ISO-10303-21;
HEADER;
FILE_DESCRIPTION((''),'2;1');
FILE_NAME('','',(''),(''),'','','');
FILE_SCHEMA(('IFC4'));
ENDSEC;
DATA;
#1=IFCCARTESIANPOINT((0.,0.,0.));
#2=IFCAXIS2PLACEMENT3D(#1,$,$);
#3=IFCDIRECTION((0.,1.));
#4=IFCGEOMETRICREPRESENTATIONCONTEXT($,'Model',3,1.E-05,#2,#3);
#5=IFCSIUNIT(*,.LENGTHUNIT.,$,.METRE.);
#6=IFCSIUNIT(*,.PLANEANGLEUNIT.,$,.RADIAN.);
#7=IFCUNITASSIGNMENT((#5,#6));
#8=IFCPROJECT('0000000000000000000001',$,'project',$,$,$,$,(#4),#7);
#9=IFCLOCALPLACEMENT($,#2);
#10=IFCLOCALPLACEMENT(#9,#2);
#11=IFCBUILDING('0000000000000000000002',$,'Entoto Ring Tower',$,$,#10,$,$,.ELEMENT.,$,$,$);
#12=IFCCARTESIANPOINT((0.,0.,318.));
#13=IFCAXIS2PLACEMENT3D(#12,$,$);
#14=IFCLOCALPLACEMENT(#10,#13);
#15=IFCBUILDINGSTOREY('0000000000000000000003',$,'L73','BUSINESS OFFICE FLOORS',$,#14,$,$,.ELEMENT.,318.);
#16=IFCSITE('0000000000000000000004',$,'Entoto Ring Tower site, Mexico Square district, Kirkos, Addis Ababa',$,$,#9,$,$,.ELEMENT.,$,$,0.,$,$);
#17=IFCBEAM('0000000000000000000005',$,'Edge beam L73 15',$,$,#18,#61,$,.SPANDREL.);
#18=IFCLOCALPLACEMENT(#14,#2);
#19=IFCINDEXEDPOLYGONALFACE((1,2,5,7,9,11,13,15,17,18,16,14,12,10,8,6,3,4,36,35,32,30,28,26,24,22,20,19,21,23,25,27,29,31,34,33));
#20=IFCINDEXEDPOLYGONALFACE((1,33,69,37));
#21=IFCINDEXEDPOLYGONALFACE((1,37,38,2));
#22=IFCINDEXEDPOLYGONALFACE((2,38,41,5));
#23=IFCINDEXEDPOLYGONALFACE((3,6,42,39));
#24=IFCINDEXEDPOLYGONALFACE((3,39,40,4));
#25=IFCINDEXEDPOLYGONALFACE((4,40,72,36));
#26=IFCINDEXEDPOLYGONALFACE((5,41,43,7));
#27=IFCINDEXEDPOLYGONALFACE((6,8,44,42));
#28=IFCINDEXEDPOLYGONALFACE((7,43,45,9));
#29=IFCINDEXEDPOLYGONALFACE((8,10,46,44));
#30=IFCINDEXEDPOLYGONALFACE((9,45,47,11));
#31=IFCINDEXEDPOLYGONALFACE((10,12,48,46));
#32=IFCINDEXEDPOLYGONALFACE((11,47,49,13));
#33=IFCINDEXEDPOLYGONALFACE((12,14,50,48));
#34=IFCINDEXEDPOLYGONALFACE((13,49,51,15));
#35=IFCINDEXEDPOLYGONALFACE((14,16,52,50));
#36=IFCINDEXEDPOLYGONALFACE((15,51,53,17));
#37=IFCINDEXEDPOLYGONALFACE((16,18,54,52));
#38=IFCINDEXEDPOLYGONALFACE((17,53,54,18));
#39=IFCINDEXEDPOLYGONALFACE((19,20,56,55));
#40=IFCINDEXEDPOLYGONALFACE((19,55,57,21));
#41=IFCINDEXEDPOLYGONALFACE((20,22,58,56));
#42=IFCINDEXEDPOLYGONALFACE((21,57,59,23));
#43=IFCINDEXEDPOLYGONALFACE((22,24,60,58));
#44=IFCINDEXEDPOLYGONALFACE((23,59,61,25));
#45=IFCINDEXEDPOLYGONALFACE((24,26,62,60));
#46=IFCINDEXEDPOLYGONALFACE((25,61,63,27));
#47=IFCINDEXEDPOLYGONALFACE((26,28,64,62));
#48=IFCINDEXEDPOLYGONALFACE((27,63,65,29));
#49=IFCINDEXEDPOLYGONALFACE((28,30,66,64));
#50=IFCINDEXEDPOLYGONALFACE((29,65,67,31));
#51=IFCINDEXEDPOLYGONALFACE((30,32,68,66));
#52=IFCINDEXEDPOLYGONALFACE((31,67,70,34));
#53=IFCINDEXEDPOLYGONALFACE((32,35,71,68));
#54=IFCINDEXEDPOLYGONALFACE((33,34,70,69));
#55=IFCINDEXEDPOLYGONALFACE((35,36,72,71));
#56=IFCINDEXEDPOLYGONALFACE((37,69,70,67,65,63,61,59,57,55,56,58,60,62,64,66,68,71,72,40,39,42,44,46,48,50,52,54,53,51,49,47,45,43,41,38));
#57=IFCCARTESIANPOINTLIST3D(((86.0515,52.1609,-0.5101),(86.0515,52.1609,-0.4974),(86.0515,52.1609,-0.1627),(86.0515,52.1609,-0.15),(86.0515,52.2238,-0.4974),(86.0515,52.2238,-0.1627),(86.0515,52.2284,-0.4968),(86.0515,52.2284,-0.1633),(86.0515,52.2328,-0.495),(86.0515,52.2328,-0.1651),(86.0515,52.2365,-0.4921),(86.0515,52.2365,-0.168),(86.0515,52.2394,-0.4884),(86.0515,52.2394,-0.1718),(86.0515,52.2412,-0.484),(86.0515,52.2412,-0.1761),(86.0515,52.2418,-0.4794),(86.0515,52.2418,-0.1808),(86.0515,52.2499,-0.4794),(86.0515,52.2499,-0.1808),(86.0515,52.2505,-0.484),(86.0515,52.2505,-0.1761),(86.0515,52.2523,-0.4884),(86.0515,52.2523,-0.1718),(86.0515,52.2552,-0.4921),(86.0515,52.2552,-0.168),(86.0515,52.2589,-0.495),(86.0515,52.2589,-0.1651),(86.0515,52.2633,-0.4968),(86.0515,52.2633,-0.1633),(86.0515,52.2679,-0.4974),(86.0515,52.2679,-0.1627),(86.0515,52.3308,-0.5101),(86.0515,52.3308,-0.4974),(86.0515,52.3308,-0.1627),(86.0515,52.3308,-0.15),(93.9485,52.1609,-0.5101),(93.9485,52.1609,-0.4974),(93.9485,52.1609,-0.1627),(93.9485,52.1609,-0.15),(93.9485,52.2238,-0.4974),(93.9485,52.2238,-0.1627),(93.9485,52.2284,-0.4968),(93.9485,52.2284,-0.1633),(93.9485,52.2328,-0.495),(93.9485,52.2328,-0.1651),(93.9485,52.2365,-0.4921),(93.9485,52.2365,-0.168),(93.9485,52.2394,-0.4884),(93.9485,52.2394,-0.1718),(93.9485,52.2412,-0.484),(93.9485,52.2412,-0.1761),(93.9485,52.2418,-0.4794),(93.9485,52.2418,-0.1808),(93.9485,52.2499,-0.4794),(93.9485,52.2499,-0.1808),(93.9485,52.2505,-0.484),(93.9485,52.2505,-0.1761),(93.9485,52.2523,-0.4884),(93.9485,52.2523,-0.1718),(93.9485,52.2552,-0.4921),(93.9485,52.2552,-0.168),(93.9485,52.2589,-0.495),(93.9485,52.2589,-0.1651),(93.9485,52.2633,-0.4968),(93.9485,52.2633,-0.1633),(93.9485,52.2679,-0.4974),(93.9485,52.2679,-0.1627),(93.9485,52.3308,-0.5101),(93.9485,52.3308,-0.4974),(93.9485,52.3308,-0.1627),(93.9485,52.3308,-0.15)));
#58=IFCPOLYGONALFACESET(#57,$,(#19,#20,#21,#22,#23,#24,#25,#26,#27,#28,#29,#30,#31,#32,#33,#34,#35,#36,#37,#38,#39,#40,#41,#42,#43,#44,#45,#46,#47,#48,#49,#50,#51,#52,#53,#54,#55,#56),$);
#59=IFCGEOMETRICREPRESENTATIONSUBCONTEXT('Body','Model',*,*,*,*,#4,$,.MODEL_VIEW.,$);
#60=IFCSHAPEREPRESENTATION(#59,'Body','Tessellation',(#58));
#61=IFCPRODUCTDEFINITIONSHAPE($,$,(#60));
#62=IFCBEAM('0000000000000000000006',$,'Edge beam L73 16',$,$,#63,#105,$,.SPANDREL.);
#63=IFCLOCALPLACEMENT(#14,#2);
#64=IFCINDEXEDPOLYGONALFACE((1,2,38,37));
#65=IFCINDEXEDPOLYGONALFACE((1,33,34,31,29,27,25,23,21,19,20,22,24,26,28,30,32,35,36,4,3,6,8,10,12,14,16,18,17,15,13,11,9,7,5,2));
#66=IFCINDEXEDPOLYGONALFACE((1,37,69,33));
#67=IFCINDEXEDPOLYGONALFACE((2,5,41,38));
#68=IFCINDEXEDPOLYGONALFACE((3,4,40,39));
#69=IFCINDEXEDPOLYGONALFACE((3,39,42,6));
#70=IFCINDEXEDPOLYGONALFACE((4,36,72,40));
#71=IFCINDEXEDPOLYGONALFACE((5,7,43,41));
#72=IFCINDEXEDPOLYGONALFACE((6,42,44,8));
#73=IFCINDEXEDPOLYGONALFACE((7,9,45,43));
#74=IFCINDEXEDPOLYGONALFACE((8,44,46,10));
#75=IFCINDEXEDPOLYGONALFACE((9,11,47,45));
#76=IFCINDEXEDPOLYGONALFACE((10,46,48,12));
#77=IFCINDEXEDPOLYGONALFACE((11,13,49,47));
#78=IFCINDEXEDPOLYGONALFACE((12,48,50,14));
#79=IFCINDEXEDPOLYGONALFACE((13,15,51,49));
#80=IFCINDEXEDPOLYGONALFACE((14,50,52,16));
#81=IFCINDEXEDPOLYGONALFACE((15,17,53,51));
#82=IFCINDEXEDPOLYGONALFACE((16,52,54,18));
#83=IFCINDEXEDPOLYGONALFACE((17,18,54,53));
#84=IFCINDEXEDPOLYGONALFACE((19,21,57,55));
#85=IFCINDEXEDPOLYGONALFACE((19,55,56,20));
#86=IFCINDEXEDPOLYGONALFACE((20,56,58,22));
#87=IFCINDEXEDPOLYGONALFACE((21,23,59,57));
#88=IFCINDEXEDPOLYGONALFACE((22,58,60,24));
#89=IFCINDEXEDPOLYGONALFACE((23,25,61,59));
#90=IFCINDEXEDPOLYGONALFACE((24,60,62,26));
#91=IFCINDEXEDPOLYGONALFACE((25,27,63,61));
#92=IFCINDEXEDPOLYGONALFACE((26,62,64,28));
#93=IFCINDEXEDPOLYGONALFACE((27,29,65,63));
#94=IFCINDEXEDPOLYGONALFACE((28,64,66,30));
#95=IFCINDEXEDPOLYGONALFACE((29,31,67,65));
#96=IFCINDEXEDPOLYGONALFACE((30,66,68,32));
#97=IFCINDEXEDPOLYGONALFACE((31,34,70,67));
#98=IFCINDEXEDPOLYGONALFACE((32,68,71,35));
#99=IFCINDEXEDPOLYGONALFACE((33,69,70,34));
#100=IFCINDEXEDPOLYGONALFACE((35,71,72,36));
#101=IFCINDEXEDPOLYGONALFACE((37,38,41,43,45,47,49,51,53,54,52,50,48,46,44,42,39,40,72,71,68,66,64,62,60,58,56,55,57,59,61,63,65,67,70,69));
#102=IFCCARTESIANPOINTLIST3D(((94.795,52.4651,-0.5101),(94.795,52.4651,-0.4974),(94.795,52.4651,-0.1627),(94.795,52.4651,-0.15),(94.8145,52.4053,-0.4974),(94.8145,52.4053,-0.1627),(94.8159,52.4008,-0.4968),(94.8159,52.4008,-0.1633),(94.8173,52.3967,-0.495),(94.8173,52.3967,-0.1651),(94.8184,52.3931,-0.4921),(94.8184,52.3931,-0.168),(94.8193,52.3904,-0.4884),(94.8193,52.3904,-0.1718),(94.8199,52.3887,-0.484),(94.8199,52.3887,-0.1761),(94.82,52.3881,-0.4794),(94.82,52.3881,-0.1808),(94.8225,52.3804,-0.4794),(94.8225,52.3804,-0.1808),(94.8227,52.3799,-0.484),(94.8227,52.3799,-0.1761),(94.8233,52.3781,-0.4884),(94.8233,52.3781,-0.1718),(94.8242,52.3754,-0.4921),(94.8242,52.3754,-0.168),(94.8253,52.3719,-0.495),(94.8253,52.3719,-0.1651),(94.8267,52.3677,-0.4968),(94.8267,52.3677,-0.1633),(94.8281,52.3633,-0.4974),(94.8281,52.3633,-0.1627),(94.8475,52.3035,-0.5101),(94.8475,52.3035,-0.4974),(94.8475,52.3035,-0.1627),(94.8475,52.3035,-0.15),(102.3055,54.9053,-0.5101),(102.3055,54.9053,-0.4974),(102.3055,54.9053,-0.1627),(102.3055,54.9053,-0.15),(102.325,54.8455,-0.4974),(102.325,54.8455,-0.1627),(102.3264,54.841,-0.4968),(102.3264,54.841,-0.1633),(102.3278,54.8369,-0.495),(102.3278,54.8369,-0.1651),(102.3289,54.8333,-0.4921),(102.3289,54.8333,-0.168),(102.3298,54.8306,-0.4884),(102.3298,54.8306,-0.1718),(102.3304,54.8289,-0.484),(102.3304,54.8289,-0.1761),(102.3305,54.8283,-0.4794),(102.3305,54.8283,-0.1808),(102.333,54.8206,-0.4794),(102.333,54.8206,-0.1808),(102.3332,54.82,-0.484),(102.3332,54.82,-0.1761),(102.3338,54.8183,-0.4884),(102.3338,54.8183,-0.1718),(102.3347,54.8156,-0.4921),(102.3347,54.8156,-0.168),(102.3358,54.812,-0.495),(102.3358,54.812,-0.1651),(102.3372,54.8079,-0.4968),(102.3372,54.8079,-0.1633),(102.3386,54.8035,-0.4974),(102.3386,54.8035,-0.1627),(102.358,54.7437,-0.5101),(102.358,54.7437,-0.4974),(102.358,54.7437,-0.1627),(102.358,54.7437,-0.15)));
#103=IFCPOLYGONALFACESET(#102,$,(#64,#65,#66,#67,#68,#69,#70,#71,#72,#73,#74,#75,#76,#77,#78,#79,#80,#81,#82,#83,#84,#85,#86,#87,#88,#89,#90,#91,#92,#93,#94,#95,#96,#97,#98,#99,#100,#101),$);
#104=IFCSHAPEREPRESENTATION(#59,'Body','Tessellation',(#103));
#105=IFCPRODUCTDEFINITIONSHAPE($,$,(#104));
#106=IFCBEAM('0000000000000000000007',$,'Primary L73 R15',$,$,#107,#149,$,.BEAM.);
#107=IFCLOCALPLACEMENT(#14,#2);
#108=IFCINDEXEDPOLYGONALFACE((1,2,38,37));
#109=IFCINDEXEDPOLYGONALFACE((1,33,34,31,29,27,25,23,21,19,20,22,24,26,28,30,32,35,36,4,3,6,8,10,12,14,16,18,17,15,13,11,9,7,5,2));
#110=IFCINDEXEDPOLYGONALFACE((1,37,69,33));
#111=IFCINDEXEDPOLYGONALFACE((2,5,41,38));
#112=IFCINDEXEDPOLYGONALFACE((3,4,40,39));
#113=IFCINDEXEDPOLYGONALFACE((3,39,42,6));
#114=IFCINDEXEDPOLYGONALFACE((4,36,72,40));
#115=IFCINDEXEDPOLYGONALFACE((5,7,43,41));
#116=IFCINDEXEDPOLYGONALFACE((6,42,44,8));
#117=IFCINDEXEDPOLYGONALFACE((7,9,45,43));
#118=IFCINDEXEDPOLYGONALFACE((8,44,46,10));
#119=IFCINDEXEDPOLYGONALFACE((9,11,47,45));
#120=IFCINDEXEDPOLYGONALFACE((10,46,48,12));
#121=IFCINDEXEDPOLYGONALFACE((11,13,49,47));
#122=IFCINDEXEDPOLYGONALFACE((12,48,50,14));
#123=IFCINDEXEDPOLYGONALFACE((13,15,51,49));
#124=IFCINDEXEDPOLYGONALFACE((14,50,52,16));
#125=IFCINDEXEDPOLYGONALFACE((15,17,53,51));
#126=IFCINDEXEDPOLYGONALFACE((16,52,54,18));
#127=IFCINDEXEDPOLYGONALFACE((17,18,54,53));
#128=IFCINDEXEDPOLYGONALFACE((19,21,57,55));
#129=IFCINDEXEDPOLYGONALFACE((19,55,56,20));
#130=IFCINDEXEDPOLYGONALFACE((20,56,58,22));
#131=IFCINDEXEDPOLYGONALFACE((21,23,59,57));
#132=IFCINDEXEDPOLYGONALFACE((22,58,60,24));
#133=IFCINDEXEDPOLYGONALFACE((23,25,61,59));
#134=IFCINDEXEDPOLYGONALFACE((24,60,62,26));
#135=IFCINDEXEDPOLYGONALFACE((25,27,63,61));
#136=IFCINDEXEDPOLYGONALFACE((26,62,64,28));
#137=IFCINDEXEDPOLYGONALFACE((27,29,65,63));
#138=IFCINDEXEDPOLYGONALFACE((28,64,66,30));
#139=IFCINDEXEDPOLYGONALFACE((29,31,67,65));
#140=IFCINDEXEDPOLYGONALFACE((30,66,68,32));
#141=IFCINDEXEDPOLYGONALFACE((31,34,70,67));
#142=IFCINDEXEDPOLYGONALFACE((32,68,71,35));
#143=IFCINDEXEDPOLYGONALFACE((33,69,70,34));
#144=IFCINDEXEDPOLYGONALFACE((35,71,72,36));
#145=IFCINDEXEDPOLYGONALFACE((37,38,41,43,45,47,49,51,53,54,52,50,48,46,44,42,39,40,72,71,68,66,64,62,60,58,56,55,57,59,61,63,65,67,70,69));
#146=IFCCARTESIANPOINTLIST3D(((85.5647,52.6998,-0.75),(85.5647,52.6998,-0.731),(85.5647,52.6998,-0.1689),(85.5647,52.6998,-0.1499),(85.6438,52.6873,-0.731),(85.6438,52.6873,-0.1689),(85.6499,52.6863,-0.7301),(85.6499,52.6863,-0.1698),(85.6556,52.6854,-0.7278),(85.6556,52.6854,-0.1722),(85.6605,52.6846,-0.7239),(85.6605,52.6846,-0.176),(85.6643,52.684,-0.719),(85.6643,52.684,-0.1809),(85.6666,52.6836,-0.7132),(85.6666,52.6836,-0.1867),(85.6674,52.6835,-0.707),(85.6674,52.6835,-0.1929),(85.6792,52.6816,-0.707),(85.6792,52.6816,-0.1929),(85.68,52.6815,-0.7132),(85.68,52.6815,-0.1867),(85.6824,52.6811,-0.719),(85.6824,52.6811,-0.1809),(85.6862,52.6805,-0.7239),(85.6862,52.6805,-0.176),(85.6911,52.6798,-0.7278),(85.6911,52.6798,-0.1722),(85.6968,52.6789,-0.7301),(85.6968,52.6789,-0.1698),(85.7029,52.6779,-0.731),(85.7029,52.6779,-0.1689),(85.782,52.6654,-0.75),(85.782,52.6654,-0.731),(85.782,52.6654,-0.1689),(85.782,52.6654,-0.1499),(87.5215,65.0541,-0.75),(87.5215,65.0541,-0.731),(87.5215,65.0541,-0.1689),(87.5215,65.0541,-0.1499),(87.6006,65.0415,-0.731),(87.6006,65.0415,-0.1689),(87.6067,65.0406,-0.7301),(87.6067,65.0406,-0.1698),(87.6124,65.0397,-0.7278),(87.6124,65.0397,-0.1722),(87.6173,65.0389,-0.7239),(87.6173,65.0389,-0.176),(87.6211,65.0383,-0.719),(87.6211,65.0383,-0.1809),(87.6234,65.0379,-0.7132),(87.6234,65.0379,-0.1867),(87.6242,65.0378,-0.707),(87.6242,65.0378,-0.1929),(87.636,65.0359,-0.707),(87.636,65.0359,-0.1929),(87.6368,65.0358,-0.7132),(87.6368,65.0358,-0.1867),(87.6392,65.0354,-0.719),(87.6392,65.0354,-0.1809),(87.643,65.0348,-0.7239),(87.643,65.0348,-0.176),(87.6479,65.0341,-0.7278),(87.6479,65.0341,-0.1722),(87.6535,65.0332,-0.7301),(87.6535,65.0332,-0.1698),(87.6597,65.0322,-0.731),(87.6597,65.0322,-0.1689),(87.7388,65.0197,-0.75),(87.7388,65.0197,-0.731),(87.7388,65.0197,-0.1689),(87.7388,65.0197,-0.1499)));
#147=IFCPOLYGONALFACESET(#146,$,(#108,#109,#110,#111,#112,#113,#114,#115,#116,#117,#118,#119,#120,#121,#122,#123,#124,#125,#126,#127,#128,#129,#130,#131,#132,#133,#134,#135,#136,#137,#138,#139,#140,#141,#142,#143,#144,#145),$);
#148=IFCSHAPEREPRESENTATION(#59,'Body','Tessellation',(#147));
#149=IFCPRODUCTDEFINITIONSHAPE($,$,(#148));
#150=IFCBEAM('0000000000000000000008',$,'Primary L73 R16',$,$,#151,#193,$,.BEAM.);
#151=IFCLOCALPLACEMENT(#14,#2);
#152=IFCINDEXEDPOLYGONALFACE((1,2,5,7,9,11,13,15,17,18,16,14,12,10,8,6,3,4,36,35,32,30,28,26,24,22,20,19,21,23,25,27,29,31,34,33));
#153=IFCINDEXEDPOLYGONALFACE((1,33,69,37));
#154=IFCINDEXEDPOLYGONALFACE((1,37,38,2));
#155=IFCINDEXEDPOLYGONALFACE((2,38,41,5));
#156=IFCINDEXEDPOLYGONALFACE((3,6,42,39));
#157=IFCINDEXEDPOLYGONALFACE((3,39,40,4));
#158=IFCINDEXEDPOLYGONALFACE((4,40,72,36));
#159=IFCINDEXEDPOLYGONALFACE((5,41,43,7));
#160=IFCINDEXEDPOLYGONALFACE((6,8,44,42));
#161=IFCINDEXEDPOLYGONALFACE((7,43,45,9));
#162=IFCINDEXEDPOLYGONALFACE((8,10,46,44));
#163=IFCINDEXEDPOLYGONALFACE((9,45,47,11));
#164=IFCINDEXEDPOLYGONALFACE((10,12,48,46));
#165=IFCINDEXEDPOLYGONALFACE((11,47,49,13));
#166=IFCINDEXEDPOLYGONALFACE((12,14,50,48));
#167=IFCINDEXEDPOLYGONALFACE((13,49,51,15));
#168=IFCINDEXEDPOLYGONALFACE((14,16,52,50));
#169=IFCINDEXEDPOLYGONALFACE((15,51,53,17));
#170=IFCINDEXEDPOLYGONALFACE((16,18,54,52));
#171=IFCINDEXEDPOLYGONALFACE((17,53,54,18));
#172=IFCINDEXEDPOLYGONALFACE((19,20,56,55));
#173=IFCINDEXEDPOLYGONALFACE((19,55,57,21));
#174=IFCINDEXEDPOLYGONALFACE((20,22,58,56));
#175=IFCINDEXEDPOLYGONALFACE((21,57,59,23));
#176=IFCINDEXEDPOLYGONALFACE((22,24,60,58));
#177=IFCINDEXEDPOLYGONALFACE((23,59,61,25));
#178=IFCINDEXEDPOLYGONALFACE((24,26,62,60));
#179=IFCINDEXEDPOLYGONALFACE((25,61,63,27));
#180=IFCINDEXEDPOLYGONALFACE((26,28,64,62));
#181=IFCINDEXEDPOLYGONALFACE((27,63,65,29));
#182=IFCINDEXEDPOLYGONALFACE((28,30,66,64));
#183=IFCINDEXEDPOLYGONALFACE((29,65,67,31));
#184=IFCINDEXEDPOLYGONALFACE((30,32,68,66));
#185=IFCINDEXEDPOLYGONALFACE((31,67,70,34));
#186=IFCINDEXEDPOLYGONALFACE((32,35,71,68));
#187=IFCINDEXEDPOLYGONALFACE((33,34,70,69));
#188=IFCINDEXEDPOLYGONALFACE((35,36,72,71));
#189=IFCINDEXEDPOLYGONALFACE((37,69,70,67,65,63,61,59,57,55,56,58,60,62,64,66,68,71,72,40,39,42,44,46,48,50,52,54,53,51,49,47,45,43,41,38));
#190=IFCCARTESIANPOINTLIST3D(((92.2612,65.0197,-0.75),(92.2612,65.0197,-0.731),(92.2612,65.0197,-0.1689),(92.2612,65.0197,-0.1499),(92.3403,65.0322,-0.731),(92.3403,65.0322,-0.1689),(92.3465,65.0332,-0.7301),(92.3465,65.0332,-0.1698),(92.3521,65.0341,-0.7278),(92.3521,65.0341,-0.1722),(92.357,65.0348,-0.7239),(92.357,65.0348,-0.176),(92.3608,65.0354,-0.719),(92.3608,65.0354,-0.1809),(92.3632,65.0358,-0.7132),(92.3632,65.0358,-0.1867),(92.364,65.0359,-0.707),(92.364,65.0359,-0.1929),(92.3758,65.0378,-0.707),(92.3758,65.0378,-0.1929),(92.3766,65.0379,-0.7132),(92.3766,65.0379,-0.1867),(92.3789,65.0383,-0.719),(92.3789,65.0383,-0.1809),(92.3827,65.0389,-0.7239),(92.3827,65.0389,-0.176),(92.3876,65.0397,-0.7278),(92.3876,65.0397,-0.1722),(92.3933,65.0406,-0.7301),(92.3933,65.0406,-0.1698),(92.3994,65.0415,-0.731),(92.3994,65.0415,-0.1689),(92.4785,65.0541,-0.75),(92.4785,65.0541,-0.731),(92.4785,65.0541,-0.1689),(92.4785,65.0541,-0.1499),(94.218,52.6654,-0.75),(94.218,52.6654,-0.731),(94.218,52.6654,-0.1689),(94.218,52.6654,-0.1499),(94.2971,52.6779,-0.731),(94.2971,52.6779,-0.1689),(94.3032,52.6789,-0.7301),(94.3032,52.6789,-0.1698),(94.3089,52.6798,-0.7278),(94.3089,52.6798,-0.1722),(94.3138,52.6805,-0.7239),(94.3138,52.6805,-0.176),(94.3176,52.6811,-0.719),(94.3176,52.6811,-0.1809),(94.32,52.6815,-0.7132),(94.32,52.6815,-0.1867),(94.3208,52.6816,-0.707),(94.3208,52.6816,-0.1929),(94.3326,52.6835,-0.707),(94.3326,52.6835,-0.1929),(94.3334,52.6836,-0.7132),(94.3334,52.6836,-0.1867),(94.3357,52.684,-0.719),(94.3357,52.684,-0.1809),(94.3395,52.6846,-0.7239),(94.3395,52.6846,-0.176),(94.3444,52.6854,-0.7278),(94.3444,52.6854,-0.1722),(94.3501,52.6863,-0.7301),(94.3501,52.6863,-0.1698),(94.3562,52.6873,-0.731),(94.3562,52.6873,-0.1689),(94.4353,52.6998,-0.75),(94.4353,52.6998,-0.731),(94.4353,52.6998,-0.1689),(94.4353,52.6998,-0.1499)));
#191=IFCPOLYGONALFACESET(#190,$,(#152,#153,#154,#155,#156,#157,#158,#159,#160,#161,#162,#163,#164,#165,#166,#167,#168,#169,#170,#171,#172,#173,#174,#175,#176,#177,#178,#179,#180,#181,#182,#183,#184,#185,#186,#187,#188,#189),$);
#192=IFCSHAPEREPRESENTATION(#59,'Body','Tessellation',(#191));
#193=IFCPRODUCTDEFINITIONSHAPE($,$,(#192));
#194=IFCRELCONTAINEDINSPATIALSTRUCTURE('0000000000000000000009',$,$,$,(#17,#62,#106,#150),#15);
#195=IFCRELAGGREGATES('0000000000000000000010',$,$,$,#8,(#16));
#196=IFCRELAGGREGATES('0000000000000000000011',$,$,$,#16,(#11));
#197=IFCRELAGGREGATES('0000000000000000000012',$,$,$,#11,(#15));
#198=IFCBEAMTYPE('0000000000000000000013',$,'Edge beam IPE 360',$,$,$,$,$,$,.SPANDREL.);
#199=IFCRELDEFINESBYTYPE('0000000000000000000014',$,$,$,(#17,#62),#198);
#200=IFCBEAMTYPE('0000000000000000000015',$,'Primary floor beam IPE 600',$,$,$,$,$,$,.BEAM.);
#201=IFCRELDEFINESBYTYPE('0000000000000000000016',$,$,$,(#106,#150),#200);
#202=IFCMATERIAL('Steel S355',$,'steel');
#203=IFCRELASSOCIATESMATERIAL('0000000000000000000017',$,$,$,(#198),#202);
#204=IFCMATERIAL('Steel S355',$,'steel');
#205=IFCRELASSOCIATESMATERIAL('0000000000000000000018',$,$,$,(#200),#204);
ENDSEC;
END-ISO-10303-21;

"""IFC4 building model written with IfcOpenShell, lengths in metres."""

from ifc_helpers import new_model, si_unit, direction, frame, origin, origin_2d, place, context, subcontext, project, spatial, i_section, extrude, material, material_profile, profile_set, type_object, element, save


model = new_model("IFC4")

# Units and contexts
model_context = context("Model", 3, precision=1e-05, world=origin(), true_north=direction((0.0, 1.0)))
body_context = subcontext(model_context, "Body", "Model", "MODEL_VIEW")
ifc_project = project(units=[si_unit("LENGTHUNIT", "METRE"), si_unit("PLANEANGLEUNIT", "RADIAN")], contexts=[model_context])

# Site, building, storey
site_placement = place(None, origin())
site = spatial("IfcSite", under=ifc_project, at=site_placement, Name="Entoto Ring Tower site, Mexico Square district, Kirkos, Addis Ababa", CompositionType="ELEMENT", RefElevation=0.0)
building_placement = place(site_placement, origin())
building = spatial("IfcBuilding", under=site, at=building_placement, Name="Entoto Ring Tower", CompositionType="ELEMENT")
storey_placement = place(building_placement, frame((0.0, 0.0, 318.0)))
storey = spatial("IfcBuildingStorey", under=building, at=storey_placement, Name="L73", Description="BUSINESS OFFICE FLOORS", CompositionType="ELEMENT", Elevation=318.0)

# Beams
ifc_material_1 = material(Name="Steel S355", Category="steel")
ifc_material_profile_1 = material_profile(ifc_material_1, i_section(OverallWidth=0.1699, OverallDepth=0.3601, WebThickness=0.0081, FlangeThickness=0.0127, FilletRadius=0.0181, at=origin_2d()), Name="IPE 360")
ifc_profile_set_1 = profile_set([ifc_material_profile_1], Name="Steel S355")
beam_type_1 = type_object("IfcBeamType", Name="Edge beam IPE 360", PredefinedType="SPANDREL", material=ifc_profile_set_1)
for number, where, z_axis, x_axis, name in (
    (1, (86.0515, 52.2458, -0.3301), (1.0, 0.0, 0.0), (0.0, 1.0, 0.0), "Edge beam L73 15"),
    (2, (94.8213, 52.3843, -0.3301), (0.951061, 0.309003, 0.0), (-0.309003, 0.951061, 0.0), "Edge beam L73 16"),
):
    element("IfcBeam", number, at=place(storey_placement, frame(where, z_axis=z_axis, x_axis=x_axis)), inside=storey, type_object=beam_type_1, Name=name, PredefinedType="SPANDREL", context=body_context, shape_type="SweptSolid", body=[
        extrude(i_section(OverallWidth=0.1699, OverallDepth=0.3601, WebThickness=0.0081, FlangeThickness=0.0127, FilletRadius=0.0181, at=origin_2d()), origin(), (0.0, 0.0, 1.0), 7.897),
    ])
ifc_material_2 = material(Name="Steel S355", Category="steel")
ifc_material_profile_2 = material_profile(ifc_material_2, i_section(OverallWidth=0.22, OverallDepth=0.6001, WebThickness=0.012, FlangeThickness=0.019, FilletRadius=0.0239, at=origin_2d()), Name="IPE 600")
ifc_profile_set_2 = profile_set([ifc_material_profile_2], Name="Steel S355")
beam_type_2 = type_object("IfcBeamType", Name="Primary floor beam IPE 600", PredefinedType="BEAM", material=ifc_profile_set_2)
for number, where, z_axis, x_axis, name in (
    (3, (87.6301, 65.0369, -0.45), (-0.15644, -0.987688, 0.0), (0.987688, -0.15644, 0.0), "Primary L73 R15"),
    (4, (92.3699, 65.0369, -0.45), (0.15644, -0.987688, 0.0), (0.987688, 0.15644, 0.0), "Primary L73 R16"),
):
    element("IfcBeam", number, at=place(storey_placement, frame(where, z_axis=z_axis, x_axis=x_axis)), inside=storey, type_object=beam_type_2, Name=name, PredefinedType="BEAM", context=body_context, shape_type="SweptSolid", body=[
        extrude(i_section(OverallWidth=0.22, OverallDepth=0.6001, WebThickness=0.012, FlangeThickness=0.019, FilletRadius=0.0239, at=origin_2d()), origin(), (0.0, 0.0, 1.0), 12.5083),
    ])

save(model, "model.ifc")
